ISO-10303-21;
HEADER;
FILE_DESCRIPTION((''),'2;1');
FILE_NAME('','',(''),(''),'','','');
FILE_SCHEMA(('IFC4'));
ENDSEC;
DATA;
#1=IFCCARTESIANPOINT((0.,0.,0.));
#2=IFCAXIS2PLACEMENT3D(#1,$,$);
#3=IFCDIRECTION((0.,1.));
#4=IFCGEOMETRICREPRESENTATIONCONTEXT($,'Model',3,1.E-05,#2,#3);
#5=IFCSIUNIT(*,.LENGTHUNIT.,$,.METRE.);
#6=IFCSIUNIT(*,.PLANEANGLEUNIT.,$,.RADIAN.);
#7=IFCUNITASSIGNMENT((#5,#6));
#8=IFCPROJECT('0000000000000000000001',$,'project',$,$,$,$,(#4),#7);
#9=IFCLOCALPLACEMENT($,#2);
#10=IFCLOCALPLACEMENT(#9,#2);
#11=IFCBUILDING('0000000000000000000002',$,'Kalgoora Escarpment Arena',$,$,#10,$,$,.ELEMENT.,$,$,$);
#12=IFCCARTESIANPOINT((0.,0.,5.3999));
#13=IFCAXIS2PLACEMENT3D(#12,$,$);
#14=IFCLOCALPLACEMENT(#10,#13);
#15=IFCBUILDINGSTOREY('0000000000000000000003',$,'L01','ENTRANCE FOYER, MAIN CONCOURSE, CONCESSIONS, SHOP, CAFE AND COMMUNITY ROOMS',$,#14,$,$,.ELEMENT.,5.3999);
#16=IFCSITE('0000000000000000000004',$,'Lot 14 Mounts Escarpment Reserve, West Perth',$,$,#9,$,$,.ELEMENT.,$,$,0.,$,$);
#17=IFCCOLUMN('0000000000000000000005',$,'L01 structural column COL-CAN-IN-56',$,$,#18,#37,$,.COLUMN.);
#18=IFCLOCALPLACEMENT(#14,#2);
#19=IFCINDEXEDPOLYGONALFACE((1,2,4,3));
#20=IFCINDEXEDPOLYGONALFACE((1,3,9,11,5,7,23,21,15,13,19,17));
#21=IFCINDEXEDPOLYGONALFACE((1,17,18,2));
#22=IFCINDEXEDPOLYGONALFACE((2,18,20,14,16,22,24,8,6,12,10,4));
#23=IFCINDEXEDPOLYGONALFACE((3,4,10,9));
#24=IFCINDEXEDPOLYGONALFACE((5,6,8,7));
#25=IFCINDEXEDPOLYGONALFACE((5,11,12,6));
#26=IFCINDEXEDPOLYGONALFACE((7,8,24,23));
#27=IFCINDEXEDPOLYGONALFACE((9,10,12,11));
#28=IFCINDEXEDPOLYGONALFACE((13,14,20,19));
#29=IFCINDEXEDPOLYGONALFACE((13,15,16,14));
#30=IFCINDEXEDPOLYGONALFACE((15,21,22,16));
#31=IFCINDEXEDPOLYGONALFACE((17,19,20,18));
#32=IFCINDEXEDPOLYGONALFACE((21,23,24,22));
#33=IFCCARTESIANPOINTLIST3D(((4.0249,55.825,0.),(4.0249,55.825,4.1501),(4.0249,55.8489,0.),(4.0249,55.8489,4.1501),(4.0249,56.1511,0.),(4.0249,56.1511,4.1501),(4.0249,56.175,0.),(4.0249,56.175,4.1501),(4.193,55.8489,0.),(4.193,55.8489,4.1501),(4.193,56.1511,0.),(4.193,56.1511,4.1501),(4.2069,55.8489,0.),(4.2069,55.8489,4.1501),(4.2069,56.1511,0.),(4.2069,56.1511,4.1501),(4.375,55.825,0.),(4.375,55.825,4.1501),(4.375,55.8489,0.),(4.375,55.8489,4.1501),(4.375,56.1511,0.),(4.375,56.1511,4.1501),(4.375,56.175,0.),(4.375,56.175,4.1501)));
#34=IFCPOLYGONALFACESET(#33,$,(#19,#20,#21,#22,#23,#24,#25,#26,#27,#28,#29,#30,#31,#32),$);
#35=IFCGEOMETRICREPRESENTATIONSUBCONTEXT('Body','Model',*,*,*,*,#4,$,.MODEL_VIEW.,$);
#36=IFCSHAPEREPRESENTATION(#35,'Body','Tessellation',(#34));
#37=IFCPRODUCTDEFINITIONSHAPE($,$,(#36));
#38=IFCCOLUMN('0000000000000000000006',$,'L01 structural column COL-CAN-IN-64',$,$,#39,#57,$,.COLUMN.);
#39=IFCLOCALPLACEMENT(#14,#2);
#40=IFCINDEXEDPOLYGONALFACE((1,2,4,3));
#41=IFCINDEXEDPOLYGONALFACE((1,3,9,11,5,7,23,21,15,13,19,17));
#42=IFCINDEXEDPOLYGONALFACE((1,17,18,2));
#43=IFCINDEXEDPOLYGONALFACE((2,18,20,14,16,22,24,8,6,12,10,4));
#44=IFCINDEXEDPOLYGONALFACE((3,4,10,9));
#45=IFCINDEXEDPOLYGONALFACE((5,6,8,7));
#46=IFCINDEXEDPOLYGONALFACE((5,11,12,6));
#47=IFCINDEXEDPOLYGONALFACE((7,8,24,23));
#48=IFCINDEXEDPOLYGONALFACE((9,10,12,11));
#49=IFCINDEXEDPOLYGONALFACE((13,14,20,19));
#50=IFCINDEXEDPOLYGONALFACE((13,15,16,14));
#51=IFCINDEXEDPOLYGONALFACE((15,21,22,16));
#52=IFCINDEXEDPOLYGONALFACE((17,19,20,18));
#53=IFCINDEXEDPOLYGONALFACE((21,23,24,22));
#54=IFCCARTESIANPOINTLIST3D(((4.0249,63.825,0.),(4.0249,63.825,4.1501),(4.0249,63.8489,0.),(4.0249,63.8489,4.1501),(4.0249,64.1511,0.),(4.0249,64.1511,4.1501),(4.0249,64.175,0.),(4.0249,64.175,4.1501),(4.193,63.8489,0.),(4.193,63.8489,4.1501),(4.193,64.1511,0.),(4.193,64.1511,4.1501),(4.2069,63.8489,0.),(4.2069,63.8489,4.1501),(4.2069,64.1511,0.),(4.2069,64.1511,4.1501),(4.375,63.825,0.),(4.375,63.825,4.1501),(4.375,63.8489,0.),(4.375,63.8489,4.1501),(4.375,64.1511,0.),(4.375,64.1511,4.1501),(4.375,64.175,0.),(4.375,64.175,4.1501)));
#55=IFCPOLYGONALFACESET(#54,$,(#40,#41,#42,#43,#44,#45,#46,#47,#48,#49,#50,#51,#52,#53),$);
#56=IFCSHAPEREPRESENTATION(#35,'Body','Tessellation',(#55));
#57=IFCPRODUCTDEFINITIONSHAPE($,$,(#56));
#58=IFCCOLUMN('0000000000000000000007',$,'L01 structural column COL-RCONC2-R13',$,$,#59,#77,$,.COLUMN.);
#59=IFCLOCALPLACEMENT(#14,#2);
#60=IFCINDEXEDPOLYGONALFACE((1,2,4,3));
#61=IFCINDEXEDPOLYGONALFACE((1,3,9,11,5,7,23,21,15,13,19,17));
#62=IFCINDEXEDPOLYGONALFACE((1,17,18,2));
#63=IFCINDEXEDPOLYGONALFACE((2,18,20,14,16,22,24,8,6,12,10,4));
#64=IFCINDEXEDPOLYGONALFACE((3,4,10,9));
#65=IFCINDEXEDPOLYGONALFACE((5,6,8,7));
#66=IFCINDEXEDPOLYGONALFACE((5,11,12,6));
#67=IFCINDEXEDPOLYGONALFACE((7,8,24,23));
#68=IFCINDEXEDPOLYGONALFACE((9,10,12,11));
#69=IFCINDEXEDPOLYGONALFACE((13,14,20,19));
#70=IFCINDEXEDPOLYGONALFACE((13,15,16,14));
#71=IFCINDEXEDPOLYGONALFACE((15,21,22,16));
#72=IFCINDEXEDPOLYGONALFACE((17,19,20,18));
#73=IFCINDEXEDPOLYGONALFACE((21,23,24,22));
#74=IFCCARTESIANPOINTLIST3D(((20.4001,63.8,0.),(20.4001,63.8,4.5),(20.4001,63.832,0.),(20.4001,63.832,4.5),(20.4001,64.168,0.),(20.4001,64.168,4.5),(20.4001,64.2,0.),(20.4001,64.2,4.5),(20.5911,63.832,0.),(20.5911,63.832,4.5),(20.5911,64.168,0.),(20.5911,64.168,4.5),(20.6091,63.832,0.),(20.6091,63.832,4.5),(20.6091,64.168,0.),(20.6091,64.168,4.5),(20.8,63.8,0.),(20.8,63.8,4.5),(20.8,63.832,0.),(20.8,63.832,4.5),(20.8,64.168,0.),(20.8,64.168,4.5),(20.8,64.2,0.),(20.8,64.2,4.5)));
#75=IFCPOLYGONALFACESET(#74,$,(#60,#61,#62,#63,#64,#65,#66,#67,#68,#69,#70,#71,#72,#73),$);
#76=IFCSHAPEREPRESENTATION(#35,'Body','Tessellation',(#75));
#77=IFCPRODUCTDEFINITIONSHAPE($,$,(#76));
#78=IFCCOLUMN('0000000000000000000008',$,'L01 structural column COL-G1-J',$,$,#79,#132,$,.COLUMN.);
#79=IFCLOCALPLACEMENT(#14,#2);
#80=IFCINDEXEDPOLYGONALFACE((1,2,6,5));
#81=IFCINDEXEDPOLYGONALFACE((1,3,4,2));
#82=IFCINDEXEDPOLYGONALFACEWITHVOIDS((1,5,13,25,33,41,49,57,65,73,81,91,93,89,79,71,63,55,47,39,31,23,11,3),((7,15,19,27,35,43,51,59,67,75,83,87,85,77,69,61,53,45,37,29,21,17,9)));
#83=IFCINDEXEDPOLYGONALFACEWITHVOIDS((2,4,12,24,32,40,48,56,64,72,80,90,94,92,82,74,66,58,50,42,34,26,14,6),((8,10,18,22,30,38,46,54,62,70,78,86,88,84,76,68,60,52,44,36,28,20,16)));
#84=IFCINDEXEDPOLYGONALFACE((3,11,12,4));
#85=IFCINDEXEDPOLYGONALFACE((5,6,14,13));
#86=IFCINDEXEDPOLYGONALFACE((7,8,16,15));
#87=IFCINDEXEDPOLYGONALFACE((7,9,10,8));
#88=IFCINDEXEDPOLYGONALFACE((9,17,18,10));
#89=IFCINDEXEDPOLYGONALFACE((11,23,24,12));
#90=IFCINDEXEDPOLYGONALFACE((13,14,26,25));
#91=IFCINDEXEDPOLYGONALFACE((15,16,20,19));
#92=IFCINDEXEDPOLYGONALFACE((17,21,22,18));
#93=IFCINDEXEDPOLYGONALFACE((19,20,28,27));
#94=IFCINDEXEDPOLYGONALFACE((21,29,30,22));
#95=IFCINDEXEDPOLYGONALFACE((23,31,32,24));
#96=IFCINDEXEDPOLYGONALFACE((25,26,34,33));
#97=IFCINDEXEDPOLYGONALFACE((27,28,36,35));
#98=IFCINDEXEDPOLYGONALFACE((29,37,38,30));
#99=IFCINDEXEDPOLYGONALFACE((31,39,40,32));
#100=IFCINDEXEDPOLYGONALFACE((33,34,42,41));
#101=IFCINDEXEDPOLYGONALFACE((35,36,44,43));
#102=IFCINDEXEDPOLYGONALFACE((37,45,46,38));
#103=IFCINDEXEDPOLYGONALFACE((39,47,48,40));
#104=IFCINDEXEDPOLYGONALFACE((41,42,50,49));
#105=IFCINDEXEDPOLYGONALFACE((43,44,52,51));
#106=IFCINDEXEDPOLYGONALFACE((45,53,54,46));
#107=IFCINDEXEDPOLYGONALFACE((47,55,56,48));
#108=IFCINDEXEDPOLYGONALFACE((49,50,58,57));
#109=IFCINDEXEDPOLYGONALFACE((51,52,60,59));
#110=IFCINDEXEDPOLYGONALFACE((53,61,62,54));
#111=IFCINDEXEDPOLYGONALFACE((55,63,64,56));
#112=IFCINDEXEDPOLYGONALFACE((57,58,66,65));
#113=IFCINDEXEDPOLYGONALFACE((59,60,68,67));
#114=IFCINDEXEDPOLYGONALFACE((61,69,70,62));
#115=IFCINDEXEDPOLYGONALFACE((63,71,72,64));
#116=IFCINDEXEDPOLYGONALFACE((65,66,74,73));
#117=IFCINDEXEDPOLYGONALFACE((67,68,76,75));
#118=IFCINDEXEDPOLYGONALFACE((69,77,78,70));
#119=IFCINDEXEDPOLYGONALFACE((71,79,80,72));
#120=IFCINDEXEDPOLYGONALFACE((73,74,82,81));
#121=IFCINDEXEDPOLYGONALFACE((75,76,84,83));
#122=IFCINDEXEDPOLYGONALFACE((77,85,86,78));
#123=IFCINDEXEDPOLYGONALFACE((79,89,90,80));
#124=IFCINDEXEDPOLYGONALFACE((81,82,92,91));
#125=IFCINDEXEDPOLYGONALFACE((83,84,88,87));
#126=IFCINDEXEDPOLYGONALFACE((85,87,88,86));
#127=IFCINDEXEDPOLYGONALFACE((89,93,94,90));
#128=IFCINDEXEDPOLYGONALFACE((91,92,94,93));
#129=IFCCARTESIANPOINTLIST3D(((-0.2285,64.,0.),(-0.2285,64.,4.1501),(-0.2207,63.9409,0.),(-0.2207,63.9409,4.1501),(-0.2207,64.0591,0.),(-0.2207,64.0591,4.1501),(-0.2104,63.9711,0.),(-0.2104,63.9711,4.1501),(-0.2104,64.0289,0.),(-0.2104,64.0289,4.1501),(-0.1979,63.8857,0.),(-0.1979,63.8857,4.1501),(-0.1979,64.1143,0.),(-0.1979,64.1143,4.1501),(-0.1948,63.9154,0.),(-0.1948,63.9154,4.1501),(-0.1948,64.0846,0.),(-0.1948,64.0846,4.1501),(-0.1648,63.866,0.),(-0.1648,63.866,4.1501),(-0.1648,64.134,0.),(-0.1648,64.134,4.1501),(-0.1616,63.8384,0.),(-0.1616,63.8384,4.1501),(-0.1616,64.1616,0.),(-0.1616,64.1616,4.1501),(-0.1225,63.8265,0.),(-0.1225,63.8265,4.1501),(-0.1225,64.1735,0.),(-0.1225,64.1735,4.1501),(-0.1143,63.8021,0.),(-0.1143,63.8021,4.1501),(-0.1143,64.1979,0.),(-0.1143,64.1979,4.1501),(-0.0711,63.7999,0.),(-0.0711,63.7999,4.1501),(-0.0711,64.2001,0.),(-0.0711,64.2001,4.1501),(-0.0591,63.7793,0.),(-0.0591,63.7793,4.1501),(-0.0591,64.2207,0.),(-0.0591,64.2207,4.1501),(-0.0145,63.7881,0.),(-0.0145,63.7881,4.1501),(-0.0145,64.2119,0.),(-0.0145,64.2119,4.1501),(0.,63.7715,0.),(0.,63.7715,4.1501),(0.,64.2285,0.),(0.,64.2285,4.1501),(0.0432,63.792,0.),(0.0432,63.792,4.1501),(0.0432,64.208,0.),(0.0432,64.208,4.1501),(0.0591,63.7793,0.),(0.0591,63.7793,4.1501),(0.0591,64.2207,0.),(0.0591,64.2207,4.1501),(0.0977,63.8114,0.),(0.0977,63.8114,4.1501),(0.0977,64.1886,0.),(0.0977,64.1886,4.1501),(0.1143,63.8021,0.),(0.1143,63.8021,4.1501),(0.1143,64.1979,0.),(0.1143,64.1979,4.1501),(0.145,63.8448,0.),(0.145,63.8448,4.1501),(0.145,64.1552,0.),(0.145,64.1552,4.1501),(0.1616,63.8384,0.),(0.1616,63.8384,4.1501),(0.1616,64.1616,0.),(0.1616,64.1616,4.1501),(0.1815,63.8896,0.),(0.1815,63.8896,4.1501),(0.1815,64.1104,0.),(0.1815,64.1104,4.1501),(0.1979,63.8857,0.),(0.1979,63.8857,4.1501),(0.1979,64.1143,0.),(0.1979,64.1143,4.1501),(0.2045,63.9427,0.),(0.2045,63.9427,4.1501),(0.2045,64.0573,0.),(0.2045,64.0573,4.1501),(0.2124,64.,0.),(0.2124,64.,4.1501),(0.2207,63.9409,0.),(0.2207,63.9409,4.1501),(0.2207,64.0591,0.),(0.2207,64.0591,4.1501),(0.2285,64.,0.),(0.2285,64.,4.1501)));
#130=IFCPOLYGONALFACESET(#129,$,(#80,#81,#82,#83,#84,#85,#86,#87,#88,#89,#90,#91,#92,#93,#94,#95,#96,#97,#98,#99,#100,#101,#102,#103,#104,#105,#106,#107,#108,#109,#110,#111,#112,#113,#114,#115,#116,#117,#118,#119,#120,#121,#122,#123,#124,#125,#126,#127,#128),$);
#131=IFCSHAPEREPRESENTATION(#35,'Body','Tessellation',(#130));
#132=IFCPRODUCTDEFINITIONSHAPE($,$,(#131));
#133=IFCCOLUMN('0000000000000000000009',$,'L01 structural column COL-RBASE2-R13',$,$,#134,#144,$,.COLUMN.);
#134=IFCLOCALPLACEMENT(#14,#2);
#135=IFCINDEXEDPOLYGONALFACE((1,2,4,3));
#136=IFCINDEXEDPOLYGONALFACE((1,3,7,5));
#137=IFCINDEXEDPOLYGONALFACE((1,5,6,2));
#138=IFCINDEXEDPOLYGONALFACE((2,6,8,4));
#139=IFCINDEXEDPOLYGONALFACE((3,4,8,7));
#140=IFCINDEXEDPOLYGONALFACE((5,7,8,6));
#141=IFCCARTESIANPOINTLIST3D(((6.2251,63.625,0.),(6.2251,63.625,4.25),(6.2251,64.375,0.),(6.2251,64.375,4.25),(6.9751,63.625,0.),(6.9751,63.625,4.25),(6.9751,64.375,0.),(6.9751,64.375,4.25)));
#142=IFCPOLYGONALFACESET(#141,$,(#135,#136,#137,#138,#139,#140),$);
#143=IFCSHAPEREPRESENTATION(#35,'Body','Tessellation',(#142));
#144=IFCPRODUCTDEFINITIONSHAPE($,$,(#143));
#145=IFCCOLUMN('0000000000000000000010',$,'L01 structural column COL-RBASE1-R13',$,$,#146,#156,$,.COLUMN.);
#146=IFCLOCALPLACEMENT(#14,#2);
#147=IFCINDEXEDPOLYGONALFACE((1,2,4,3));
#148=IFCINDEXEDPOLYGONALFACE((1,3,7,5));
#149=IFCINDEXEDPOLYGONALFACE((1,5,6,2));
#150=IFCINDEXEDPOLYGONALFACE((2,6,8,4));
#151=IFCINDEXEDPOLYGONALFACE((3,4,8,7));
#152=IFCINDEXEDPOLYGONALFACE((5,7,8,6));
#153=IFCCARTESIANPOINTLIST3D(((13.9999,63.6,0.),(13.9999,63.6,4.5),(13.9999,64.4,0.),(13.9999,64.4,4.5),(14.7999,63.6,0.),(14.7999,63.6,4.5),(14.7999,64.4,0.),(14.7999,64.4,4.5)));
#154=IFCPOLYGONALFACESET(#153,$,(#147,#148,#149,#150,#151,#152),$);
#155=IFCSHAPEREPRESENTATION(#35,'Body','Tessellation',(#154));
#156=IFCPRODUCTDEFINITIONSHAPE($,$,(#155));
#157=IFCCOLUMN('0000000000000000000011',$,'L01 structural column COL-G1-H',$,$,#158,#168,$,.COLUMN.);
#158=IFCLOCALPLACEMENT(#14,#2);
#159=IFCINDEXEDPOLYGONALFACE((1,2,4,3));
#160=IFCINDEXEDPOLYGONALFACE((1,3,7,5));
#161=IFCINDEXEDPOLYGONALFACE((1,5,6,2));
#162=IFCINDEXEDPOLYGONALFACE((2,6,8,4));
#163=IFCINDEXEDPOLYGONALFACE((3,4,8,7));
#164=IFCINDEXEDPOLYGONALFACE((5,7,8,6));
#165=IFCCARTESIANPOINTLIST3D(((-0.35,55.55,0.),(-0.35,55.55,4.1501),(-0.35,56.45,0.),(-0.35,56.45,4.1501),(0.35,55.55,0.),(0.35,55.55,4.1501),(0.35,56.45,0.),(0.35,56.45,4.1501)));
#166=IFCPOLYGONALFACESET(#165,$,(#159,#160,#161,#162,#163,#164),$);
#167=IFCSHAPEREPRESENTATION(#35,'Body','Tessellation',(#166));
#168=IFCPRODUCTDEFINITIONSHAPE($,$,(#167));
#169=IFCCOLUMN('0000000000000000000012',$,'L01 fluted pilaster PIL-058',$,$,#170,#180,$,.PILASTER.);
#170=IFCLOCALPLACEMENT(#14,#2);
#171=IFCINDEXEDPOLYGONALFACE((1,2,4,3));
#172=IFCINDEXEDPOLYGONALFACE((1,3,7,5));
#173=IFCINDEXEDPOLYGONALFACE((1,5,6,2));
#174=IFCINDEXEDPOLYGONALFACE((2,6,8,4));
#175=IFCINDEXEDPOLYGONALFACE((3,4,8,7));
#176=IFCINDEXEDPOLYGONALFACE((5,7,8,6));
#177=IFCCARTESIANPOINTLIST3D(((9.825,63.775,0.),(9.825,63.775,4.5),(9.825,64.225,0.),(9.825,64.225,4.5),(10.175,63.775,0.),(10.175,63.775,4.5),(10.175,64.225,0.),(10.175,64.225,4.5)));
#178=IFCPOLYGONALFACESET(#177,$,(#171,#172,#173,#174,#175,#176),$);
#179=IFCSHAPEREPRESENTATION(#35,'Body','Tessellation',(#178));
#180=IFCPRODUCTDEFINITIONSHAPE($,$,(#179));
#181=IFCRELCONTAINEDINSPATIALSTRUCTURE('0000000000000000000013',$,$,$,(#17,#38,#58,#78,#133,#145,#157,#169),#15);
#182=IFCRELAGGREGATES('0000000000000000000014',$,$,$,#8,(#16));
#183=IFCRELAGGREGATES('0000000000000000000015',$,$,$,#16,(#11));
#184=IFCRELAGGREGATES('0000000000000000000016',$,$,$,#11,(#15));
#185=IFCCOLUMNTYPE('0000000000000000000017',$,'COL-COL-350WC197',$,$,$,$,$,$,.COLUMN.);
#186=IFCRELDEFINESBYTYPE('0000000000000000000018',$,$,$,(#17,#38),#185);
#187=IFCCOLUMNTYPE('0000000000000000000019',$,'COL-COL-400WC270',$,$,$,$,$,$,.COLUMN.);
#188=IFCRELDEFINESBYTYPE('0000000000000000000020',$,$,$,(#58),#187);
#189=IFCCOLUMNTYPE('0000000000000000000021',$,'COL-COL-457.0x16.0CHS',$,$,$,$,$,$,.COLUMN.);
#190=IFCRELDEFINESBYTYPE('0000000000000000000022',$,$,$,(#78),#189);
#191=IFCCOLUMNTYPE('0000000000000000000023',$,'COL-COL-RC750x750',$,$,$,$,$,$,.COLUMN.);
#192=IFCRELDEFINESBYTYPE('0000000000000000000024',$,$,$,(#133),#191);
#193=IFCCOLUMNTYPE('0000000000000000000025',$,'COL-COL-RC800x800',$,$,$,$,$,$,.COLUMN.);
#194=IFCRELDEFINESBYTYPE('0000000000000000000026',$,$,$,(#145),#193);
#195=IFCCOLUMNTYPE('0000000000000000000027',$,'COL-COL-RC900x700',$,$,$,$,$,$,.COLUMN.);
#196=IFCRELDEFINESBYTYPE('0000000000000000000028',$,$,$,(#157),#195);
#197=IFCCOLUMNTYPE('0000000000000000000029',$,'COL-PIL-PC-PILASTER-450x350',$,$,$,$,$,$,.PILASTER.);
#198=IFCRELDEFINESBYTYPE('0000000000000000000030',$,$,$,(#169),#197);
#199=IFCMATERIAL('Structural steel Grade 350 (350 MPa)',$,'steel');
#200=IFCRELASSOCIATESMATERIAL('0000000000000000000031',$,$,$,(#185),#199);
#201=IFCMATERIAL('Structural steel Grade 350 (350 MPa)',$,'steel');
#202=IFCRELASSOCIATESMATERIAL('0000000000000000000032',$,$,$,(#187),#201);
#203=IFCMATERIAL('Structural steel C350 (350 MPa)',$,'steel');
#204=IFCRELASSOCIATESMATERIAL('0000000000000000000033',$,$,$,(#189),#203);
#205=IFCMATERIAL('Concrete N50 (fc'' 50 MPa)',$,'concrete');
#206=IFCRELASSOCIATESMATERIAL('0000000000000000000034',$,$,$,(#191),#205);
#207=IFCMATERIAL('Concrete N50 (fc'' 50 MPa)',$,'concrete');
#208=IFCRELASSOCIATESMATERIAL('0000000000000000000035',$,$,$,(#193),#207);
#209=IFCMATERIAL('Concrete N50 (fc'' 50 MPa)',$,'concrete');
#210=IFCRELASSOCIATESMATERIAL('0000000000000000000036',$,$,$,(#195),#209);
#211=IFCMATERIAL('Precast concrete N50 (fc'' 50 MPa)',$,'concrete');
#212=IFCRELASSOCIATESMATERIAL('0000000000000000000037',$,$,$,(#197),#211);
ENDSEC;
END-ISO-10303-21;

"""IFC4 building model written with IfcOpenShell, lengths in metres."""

from ifc_helpers import new_model, si_unit, direction, frame, origin, origin_2d, place, context, subcontext, project, spatial, rectangle, hollow_circle, i_section, extrude, material, material_profile, profile_set, type_object, element, save


model = new_model("IFC4")

# Units and contexts
model_context = context("Model", 3, precision=1e-05, world=origin(), true_north=direction((0.0, 1.0)))
body_context = subcontext(model_context, "Body", "Model", "MODEL_VIEW")
ifc_project = project(units=[si_unit("LENGTHUNIT", "METRE"), si_unit("PLANEANGLEUNIT", "RADIAN")], contexts=[model_context])

# Site, building, storey
site_placement = place(None, origin())
site = spatial("IfcSite", under=ifc_project, at=site_placement, Name="Lot 14 Mounts Escarpment Reserve, West Perth", CompositionType="ELEMENT", RefElevation=0.0)
building_placement = place(site_placement, origin())
building = spatial("IfcBuilding", under=site, at=building_placement, Name="Kalgoora Escarpment Arena", CompositionType="ELEMENT")
storey_placement = place(building_placement, frame((0.0, 0.0, 5.3999)))
storey = spatial("IfcBuildingStorey", under=building, at=storey_placement, Name="L01", Description="ENTRANCE FOYER, MAIN CONCOURSE, CONCESSIONS, SHOP, CAFE AND COMMUNITY ROOMS", CompositionType="ELEMENT", Elevation=5.3999)

# Columns
ifc_material_1 = material(Name="Structural steel Grade 350 (350 MPa)", Category="steel")
ifc_material_profile_1 = material_profile(ifc_material_1, i_section(OverallWidth=0.3501, OverallDepth=0.3501, WebThickness=0.0139, FlangeThickness=0.0239, at=origin_2d()))
ifc_profile_set_1 = profile_set([ifc_material_profile_1], Name="Structural steel Grade 350 (350 MPa)")
column_type_1 = type_object("IfcColumnType", Name="COL-COL-350WC197", PredefinedType="COLUMN", material=ifc_profile_set_1)
for number, where, z_axis, x_axis, name in (
    (1, (4.2, 56.0, 0.0), (0.0, 0.0, 1.0), (1.0, 0.0, 0.0), "L01 structural column COL-CAN-IN-56"),
    (2, (4.2, 64.0, 0.0), (0.0, 0.0, 1.0), (1.0, 0.0, 0.0), "L01 structural column COL-CAN-IN-64"),
):
    element("IfcColumn", number, at=place(storey_placement, frame(where, z_axis=z_axis, x_axis=x_axis)), inside=storey, type_object=column_type_1, Name=name, PredefinedType="COLUMN", context=body_context, shape_type="SweptSolid", body=[
        extrude(i_section(OverallWidth=0.3501, OverallDepth=0.3501, WebThickness=0.0139, FlangeThickness=0.0239, at=origin_2d()), origin(), (0.0, 0.0, 1.0), 4.1501),
    ])
ifc_material_2 = material(Name="Structural steel Grade 350 (350 MPa)", Category="steel")
ifc_material_profile_2 = material_profile(ifc_material_2, i_section(OverallWidth=0.3999, OverallDepth=0.3999, WebThickness=0.0181, FlangeThickness=0.032, at=origin_2d()))
ifc_profile_set_2 = profile_set([ifc_material_profile_2], Name="Structural steel Grade 350 (350 MPa)")
column_type_2 = type_object("IfcColumnType", Name="COL-COL-400WC270", PredefinedType="COLUMN", material=ifc_profile_set_2)
column_1_placement = place(storey_placement, frame((20.6001, 64.0, 0.0), z_axis=(0.0, 0.0, 1.0), x_axis=(-1.0, 0.0, 0.0)))
element("IfcColumn", 3, at=column_1_placement, inside=storey, type_object=column_type_2, Name="L01 structural column COL-RCONC2-R13", PredefinedType="COLUMN", context=body_context, shape_type="SweptSolid", body=[
    extrude(i_section(OverallWidth=0.3999, OverallDepth=0.3999, WebThickness=0.0181, FlangeThickness=0.032, at=origin_2d()), origin(), (0.0, 0.0, 1.0), 4.5),
])
ifc_material_3 = material(Name="Structural steel C350 (350 MPa)", Category="steel")
ifc_material_profile_3 = material_profile(ifc_material_3, hollow_circle(Radius=0.2285, WallThickness=0.0161, at=origin_2d()))
ifc_profile_set_3 = profile_set([ifc_material_profile_3], Name="Structural steel C350 (350 MPa)")
column_type_3 = type_object("IfcColumnType", Name="COL-COL-457.0x16.0CHS", PredefinedType="COLUMN", material=ifc_profile_set_3)
column_2_placement = place(storey_placement, frame((0.0, 64.0, 0.0), z_axis=(0.0, 0.0, 1.0), x_axis=(1.0, 0.0, 0.0)))
element("IfcColumn", 4, at=column_2_placement, inside=storey, type_object=column_type_3, Name="L01 structural column COL-G1-J", PredefinedType="COLUMN", context=body_context, shape_type="SweptSolid", body=[
    extrude(hollow_circle(Radius=0.2285, WallThickness=0.0161, at=origin_2d()), origin(), (0.0, 0.0, 1.0), 4.1501),
])
ifc_material_4 = material(Name="Concrete N50 (fc' 50 MPa)", Category="concrete")
ifc_material_profile_4 = material_profile(ifc_material_4, rectangle(XDim=0.75, YDim=0.75, at=origin_2d()))
ifc_profile_set_4 = profile_set([ifc_material_profile_4], Name="Concrete N50 (fc' 50 MPa)")
column_type_4 = type_object("IfcColumnType", Name="COL-COL-RC750x750", PredefinedType="COLUMN", material=ifc_profile_set_4)
column_3_placement = place(storey_placement, frame((6.6001, 64.0, 0.0), z_axis=(0.0, 0.0, 1.0), x_axis=(-1.0, 0.0, 0.0)))
element("IfcColumn", 5, at=column_3_placement, inside=storey, type_object=column_type_4, Name="L01 structural column COL-RBASE2-R13", PredefinedType="COLUMN", context=body_context, shape_type="SweptSolid", body=[
    extrude(rectangle(XDim=0.75, YDim=0.75, at=origin_2d()), origin(), (0.0, 0.0, 1.0), 4.25),
])
ifc_material_5 = material(Name="Concrete N50 (fc' 50 MPa)", Category="concrete")
ifc_material_profile_5 = material_profile(ifc_material_5, rectangle(XDim=0.8, YDim=0.8, at=origin_2d()))
ifc_profile_set_5 = profile_set([ifc_material_profile_5], Name="Concrete N50 (fc' 50 MPa)")
column_type_5 = type_object("IfcColumnType", Name="COL-COL-RC800x800", PredefinedType="COLUMN", material=ifc_profile_set_5)
column_4_placement = place(storey_placement, frame((14.3999, 64.0, 0.0), z_axis=(0.0, 0.0, 1.0), x_axis=(-1.0, 0.0, 0.0)))
element("IfcColumn", 6, at=column_4_placement, inside=storey, type_object=column_type_5, Name="L01 structural column COL-RBASE1-R13", PredefinedType="COLUMN", context=body_context, shape_type="SweptSolid", body=[
    extrude(rectangle(XDim=0.8, YDim=0.8, at=origin_2d()), origin(), (0.0, 0.0, 1.0), 4.5),
])
ifc_material_6 = material(Name="Concrete N50 (fc' 50 MPa)", Category="concrete")
ifc_material_profile_6 = material_profile(ifc_material_6, rectangle(XDim=0.7, YDim=0.8999, at=origin_2d()))
ifc_profile_set_6 = profile_set([ifc_material_profile_6], Name="Concrete N50 (fc' 50 MPa)")
column_type_6 = type_object("IfcColumnType", Name="COL-COL-RC900x700", PredefinedType="COLUMN", material=ifc_profile_set_6)
column_5_placement = place(storey_placement, frame((0.0, 56.0, 0.0), z_axis=(0.0, 0.0, 1.0), x_axis=(1.0, 0.0, 0.0)))
element("IfcColumn", 7, at=column_5_placement, inside=storey, type_object=column_type_6, Name="L01 structural column COL-G1-H", PredefinedType="COLUMN", context=body_context, shape_type="SweptSolid", body=[
    extrude(rectangle(XDim=0.7, YDim=0.8999, at=origin_2d()), origin(), (0.0, 0.0, 1.0), 4.1501),
])
ifc_material_7 = material(Name="Precast concrete N50 (fc' 50 MPa)", Category="concrete")
ifc_material_profile_7 = material_profile(ifc_material_7, rectangle(XDim=0.3501, YDim=0.45, at=origin_2d()))
ifc_profile_set_7 = profile_set([ifc_material_profile_7], Name="Precast concrete N50 (fc' 50 MPa)")
column_type_7 = type_object("IfcColumnType", Name="COL-PIL-PC-PILASTER-450x350", PredefinedType="PILASTER", material=ifc_profile_set_7)
column_6_placement = place(storey_placement, frame((10.0, 64.0, 0.0), z_axis=(0.0, 0.0, 1.0), x_axis=(-1.0, 0.0, 0.0)))
element("IfcColumn", 8, at=column_6_placement, inside=storey, type_object=column_type_7, Name="L01 fluted pilaster PIL-058", PredefinedType="PILASTER", context=body_context, shape_type="SweptSolid", body=[
    extrude(rectangle(XDim=0.3501, YDim=0.45, at=origin_2d()), origin(), (0.0, 0.0, 1.0), 4.5),
])

save(model, "model.ifc")
